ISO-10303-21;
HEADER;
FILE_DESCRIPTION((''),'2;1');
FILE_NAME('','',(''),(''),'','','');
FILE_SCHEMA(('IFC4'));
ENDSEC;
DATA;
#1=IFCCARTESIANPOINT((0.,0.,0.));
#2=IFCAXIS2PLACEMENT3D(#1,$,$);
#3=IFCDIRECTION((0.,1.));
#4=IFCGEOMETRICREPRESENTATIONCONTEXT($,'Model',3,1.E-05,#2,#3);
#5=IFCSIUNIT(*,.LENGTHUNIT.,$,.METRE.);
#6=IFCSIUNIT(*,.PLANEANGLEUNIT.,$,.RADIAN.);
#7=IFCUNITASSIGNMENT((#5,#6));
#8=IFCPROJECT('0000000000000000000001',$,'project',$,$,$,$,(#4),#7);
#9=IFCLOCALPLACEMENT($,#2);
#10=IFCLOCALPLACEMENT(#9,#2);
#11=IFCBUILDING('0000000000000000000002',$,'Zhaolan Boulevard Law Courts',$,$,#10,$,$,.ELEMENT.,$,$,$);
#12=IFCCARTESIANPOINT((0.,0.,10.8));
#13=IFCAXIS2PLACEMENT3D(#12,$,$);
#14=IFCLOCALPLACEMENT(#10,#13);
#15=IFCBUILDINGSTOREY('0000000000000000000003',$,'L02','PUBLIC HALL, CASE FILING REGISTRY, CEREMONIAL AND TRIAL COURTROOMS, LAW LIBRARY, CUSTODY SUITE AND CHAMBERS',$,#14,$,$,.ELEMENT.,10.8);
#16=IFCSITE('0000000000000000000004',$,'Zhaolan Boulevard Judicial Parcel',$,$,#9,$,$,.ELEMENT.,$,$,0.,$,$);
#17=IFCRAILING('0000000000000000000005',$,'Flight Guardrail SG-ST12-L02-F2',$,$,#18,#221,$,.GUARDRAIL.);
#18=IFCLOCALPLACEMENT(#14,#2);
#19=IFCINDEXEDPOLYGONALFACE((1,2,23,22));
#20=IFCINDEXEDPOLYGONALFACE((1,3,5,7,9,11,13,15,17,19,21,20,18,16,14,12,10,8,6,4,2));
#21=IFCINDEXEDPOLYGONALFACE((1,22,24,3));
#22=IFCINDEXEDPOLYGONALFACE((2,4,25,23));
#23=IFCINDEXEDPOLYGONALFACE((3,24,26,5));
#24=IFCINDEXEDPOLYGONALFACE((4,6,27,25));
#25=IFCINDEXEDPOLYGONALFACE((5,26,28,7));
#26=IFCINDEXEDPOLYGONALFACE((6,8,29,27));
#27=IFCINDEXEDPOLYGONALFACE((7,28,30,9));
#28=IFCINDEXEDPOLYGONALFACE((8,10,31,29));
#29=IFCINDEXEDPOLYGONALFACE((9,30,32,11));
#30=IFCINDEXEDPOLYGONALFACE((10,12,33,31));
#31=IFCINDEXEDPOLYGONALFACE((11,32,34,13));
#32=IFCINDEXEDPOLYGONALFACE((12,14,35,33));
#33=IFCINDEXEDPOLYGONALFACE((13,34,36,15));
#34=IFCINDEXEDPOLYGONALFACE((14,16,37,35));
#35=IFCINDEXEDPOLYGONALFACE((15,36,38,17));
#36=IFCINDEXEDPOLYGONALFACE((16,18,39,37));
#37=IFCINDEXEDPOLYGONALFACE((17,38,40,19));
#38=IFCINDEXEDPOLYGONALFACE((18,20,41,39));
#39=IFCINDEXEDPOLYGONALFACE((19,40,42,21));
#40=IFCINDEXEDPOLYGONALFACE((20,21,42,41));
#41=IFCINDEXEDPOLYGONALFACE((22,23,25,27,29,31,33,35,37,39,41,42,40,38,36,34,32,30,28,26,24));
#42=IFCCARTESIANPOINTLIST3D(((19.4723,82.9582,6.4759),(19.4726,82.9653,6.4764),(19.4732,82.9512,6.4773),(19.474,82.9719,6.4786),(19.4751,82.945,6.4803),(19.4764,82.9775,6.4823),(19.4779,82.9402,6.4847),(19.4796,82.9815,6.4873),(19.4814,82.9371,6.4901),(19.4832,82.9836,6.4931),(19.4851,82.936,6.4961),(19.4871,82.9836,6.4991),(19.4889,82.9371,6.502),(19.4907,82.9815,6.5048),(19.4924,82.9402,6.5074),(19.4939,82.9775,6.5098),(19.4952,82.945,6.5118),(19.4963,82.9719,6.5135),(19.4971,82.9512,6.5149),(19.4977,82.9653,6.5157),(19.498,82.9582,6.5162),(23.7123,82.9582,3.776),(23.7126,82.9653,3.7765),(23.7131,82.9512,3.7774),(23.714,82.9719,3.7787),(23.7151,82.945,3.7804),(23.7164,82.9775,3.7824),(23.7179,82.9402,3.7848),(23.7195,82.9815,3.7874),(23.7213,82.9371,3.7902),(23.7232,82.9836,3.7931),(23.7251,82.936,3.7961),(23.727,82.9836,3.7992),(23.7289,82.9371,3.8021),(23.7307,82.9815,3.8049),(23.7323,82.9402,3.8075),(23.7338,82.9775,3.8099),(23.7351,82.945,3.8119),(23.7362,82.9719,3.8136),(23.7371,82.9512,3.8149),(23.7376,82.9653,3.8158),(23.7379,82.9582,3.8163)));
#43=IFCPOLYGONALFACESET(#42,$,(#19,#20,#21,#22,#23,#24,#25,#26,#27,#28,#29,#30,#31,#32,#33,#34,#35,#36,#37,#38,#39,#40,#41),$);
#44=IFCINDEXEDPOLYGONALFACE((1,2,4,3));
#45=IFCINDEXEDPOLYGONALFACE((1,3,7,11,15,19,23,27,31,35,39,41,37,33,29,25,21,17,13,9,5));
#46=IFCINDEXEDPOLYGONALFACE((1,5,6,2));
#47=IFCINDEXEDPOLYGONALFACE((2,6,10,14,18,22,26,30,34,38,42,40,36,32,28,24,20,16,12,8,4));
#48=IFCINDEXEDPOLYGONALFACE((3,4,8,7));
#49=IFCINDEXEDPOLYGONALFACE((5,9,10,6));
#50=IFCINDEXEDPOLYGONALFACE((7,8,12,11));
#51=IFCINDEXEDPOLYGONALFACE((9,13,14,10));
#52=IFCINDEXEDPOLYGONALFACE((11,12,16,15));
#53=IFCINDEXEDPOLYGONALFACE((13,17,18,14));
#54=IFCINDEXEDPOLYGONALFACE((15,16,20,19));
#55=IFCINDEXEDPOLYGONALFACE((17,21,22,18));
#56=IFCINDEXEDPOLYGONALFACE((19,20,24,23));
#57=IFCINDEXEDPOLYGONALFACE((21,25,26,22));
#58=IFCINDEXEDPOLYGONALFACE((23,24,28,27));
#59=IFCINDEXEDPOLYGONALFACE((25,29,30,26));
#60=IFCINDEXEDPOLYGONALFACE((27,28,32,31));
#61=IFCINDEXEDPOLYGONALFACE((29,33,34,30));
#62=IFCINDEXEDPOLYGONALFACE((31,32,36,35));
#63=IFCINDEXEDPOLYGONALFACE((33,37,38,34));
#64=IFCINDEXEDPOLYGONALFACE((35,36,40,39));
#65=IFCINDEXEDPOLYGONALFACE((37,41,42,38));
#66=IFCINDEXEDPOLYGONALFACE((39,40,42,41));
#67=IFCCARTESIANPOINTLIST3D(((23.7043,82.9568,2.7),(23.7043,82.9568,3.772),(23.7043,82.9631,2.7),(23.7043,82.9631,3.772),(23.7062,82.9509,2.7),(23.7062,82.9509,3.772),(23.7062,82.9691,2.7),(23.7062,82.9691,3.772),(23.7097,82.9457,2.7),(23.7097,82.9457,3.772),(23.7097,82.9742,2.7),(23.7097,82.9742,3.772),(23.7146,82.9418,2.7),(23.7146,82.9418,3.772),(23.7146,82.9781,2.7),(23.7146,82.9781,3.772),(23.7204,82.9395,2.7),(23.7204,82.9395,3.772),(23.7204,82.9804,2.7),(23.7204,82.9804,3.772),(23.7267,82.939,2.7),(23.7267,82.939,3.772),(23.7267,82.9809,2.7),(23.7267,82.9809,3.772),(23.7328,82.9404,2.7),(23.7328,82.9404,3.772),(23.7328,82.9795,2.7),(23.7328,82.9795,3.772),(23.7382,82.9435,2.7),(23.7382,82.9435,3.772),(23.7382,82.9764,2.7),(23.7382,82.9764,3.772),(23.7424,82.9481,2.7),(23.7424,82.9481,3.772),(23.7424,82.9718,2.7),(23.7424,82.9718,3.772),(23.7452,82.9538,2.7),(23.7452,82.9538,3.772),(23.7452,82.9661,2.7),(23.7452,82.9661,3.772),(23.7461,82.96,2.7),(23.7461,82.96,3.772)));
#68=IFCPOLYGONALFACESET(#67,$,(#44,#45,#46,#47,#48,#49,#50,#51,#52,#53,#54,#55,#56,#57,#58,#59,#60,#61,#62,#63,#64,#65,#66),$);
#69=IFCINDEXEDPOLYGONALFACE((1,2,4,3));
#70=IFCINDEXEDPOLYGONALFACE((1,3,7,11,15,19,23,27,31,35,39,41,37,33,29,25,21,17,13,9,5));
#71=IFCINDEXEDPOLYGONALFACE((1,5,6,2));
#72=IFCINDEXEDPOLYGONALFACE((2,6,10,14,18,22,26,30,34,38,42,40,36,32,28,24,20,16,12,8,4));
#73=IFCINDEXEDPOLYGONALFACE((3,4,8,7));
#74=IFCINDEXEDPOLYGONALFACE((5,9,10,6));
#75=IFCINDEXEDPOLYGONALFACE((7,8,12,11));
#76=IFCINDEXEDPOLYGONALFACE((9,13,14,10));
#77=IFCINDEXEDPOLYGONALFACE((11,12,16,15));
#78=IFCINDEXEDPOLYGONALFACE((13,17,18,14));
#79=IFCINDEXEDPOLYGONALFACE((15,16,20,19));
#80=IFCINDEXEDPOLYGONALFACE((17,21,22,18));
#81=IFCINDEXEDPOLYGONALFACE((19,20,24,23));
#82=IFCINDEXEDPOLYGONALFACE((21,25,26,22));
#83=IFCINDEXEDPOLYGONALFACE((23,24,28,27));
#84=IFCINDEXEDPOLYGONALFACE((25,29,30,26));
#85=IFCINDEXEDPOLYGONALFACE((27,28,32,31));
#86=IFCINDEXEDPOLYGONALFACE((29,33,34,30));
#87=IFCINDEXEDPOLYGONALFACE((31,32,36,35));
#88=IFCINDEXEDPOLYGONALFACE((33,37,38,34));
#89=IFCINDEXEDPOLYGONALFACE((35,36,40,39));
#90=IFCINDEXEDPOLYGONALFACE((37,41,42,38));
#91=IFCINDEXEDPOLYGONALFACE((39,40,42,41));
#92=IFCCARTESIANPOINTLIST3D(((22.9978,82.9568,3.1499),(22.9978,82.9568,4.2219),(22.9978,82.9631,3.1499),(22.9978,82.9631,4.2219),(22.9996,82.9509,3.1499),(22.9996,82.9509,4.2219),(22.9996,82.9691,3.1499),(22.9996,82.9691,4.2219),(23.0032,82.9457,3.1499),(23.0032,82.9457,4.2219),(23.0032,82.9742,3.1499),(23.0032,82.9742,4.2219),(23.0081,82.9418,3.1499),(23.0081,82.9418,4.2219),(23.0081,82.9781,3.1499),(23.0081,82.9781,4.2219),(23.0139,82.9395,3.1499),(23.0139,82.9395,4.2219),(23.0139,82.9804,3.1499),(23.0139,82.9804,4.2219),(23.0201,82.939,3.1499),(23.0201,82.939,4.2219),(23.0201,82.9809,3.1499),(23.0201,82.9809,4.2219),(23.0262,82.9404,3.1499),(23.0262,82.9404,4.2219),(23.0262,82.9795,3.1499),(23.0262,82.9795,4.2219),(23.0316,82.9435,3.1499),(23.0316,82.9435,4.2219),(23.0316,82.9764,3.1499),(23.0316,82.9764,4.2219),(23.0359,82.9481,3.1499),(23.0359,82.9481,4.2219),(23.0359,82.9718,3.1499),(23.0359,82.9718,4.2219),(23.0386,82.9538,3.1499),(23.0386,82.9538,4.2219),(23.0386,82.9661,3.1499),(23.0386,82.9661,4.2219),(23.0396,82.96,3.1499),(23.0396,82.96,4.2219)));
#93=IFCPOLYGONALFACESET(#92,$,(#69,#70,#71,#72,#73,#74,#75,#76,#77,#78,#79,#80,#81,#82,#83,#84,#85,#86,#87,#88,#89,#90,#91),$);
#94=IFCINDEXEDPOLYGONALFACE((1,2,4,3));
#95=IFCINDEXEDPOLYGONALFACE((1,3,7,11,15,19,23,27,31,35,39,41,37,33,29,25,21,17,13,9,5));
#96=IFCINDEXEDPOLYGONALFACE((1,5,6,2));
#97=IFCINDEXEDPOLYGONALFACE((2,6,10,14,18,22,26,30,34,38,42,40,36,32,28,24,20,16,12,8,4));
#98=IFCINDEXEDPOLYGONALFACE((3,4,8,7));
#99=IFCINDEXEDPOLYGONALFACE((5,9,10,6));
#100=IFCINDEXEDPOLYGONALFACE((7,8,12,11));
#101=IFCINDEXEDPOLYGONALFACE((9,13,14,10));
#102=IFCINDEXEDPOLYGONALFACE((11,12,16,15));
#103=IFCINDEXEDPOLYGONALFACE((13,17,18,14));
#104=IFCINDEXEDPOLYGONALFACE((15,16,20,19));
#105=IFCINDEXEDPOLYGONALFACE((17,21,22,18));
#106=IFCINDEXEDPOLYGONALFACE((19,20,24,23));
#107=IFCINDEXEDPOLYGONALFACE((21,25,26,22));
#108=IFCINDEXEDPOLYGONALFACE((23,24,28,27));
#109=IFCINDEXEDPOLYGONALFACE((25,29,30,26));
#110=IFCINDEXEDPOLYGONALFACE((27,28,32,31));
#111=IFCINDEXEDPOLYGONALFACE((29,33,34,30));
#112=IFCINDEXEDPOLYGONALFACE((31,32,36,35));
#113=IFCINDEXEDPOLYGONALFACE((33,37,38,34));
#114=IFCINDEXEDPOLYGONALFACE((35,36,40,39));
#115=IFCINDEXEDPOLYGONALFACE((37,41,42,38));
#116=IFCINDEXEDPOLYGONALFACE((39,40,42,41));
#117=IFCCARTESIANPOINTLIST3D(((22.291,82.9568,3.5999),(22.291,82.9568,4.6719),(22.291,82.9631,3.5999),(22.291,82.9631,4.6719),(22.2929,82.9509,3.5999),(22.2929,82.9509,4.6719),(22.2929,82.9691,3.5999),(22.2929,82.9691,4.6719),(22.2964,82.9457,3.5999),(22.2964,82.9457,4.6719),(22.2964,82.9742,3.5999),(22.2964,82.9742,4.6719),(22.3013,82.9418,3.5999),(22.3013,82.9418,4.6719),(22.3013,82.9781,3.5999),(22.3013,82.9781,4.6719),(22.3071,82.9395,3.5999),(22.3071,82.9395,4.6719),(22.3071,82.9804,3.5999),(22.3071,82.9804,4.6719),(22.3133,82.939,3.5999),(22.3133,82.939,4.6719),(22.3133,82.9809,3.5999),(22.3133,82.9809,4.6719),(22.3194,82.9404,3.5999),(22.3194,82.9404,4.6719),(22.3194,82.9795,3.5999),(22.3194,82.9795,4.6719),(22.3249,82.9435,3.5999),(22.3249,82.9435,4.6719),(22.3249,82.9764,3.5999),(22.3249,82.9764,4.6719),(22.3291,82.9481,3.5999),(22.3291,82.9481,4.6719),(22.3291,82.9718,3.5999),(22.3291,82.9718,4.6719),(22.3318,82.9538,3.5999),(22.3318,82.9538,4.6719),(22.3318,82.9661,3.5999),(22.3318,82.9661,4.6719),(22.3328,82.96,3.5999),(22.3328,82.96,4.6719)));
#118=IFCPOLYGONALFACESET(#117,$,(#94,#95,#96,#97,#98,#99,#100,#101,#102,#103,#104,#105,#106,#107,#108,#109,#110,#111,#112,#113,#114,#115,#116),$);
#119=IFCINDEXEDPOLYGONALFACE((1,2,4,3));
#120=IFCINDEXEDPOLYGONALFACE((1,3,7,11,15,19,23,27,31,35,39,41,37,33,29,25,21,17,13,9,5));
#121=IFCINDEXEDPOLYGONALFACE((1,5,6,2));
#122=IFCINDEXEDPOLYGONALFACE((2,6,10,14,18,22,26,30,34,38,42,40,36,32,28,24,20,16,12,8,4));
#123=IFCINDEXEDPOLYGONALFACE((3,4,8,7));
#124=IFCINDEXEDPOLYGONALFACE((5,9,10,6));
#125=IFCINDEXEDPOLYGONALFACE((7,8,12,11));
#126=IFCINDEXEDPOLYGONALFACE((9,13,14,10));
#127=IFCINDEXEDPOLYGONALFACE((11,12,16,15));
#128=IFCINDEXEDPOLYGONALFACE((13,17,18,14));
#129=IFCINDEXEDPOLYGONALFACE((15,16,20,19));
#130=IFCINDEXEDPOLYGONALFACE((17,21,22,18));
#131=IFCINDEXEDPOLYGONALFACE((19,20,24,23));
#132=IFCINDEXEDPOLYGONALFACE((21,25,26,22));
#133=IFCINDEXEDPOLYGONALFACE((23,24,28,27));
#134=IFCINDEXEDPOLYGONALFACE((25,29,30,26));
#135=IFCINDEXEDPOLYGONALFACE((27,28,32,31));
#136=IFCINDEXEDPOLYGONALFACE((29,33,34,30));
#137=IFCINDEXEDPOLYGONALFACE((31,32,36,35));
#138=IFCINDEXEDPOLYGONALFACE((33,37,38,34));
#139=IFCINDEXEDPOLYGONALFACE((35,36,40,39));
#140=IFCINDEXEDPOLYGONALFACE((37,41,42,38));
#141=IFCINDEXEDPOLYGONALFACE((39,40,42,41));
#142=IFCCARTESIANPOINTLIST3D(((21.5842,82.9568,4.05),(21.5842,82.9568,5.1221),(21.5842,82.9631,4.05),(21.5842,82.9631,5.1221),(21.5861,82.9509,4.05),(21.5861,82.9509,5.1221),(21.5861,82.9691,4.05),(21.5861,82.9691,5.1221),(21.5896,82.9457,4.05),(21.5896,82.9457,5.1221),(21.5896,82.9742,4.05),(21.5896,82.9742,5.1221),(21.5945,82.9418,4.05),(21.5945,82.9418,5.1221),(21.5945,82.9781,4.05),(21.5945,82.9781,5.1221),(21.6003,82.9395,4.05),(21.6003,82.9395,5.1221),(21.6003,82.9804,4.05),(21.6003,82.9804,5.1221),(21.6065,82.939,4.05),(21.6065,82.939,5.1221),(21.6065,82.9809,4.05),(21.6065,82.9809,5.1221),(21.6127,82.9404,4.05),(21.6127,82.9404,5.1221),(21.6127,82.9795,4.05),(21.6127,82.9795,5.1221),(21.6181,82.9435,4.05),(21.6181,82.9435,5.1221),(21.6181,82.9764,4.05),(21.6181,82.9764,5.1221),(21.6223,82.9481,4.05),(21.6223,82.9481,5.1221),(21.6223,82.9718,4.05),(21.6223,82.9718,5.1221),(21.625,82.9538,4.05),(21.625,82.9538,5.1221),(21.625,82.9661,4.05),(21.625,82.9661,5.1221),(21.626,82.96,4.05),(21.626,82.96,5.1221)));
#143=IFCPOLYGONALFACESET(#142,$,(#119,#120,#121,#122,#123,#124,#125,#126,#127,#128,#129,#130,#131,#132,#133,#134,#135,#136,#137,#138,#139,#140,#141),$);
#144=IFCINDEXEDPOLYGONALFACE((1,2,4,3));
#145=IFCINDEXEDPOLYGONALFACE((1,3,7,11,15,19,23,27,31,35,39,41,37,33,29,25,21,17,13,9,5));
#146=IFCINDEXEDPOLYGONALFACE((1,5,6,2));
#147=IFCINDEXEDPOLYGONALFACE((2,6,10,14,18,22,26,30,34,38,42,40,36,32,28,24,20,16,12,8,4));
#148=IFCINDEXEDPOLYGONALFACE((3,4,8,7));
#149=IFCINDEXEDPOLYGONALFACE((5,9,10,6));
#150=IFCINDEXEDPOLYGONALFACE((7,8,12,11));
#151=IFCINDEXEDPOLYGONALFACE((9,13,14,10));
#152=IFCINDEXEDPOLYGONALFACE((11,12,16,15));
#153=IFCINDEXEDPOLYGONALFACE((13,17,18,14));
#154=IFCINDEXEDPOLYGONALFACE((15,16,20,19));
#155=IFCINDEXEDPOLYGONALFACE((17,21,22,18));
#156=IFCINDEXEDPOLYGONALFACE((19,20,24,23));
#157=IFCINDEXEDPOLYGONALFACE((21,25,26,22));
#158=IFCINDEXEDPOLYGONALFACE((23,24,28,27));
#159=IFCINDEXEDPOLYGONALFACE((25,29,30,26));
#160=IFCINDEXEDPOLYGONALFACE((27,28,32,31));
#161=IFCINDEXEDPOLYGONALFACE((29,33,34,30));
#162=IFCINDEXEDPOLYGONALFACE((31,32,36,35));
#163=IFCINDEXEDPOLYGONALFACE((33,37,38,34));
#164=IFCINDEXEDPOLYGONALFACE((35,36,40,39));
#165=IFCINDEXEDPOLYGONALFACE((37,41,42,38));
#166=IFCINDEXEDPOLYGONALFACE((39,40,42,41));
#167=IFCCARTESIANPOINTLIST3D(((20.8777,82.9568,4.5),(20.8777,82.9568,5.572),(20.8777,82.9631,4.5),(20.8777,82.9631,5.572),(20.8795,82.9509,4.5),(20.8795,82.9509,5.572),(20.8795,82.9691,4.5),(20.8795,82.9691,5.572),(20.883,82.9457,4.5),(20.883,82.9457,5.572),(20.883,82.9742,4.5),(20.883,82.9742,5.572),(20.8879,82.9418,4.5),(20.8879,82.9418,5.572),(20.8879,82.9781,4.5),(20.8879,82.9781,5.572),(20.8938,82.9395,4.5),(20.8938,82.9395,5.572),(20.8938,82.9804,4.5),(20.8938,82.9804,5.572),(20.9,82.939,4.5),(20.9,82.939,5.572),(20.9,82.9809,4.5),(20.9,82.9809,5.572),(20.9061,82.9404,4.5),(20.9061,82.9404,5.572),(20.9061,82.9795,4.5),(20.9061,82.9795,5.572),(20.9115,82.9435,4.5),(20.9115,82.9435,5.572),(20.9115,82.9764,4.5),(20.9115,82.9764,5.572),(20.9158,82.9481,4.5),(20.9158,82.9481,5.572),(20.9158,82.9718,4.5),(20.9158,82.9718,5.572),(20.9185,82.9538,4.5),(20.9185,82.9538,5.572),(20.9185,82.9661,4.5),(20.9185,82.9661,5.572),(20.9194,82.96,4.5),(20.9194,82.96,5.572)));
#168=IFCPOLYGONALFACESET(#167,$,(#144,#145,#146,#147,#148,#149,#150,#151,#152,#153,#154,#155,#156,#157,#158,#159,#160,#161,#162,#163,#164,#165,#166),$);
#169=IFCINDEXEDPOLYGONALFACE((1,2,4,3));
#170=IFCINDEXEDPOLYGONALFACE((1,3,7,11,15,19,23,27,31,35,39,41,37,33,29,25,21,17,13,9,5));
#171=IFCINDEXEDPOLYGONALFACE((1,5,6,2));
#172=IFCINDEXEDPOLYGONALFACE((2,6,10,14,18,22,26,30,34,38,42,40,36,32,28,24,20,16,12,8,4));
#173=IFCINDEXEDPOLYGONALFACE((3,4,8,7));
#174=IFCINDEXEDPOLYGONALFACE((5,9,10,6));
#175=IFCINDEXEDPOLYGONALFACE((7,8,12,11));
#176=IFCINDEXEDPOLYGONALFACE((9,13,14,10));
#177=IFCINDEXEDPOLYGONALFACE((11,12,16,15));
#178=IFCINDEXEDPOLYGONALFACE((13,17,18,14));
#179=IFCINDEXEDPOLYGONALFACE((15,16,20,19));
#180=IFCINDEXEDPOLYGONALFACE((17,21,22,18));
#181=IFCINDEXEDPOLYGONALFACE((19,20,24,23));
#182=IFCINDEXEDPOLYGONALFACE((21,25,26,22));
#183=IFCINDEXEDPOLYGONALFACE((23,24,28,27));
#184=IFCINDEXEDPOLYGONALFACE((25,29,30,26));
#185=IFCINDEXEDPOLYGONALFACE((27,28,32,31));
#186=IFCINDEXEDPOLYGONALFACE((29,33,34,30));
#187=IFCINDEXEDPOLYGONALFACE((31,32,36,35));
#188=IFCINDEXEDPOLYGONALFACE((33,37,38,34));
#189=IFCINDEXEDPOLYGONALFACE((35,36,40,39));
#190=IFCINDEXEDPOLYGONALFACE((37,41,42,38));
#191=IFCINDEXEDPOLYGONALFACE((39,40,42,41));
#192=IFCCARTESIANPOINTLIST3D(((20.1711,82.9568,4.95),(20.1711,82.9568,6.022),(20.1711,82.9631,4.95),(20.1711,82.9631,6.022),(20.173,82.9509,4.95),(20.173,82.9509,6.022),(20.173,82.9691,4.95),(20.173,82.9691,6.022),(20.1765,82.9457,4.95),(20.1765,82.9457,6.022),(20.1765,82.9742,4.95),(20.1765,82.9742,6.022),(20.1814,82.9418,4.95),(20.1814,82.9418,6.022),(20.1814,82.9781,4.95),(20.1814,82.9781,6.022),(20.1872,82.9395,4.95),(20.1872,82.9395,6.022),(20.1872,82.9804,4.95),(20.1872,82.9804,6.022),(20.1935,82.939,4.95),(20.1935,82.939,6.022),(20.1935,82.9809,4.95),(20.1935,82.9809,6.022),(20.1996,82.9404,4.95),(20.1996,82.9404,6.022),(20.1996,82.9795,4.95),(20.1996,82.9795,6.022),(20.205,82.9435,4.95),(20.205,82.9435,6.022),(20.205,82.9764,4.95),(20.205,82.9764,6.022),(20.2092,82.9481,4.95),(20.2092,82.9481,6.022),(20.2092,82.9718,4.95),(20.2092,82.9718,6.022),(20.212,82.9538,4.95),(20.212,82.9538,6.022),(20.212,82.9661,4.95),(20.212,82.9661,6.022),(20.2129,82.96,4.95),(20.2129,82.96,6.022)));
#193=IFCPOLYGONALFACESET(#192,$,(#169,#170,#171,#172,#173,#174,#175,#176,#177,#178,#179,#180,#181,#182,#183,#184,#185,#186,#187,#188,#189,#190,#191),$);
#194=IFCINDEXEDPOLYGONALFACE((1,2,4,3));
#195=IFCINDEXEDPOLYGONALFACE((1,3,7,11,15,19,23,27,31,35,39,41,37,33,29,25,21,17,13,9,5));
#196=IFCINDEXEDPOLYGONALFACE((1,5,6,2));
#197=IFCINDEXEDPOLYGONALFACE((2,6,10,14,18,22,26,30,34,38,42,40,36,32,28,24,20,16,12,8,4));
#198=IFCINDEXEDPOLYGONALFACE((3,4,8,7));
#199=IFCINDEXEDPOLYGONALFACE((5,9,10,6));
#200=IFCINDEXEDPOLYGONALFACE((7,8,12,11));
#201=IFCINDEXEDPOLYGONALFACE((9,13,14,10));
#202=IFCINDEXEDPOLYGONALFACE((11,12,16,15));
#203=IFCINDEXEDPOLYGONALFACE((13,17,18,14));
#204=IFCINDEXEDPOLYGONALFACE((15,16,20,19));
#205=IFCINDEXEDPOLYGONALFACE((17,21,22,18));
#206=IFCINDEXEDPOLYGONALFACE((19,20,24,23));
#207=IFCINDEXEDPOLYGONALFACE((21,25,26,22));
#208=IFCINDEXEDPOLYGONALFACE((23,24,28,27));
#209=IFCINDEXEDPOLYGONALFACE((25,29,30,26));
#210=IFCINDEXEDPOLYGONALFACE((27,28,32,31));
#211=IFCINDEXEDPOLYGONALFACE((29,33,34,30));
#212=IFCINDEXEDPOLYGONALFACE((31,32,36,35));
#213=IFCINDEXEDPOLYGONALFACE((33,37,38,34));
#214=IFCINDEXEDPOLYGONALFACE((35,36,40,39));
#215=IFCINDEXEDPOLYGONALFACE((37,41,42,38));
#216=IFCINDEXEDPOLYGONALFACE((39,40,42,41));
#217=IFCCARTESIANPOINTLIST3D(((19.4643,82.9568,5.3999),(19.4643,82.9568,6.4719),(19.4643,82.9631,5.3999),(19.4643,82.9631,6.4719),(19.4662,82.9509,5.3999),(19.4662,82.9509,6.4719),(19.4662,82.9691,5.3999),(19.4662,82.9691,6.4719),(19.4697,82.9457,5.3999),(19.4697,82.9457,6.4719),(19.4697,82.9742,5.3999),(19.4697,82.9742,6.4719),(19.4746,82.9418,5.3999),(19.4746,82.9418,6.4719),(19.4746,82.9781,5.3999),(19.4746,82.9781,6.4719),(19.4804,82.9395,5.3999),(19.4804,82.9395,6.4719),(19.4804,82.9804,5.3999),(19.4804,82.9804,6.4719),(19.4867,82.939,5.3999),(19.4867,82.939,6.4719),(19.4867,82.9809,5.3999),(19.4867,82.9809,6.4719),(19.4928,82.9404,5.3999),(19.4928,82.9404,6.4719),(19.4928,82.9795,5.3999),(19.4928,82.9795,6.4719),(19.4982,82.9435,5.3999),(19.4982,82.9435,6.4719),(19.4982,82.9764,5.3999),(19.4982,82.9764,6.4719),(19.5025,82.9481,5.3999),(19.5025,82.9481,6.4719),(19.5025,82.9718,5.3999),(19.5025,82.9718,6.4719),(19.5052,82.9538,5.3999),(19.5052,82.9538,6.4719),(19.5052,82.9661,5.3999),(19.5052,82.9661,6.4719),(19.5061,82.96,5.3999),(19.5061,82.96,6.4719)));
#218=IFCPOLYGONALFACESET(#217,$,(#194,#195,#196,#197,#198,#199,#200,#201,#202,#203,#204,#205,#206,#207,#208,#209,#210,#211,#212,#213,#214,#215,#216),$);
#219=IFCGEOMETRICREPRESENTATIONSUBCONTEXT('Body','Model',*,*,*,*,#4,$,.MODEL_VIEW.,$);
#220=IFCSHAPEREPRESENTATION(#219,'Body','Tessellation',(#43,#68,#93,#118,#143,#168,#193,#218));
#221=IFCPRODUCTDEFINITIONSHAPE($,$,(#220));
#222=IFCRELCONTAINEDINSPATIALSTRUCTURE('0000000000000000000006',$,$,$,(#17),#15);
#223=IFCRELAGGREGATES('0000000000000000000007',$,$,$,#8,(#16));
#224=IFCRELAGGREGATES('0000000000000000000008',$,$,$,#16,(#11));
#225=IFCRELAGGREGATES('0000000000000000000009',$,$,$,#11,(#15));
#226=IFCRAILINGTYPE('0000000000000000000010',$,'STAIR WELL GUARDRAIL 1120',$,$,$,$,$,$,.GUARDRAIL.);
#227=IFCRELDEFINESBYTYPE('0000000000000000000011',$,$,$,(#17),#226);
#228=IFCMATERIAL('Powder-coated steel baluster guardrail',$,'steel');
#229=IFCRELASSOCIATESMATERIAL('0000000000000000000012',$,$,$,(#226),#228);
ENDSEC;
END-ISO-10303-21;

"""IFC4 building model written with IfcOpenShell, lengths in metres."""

from ifc_helpers import new_model, si_unit, direction, frame, origin, origin_2d, place, context, subcontext, project, spatial, circle, extrude, material, type_object, element, save


model = new_model("IFC4")

# Units and contexts
model_context = context("Model", 3, precision=1e-05, world=origin(), true_north=direction((0.0, 1.0)))
body_context = subcontext(model_context, "Body", "Model", "MODEL_VIEW")
ifc_project = project(units=[si_unit("LENGTHUNIT", "METRE"), si_unit("PLANEANGLEUNIT", "RADIAN")], contexts=[model_context])

# Site, building, storey
site_placement = place(None, origin())
site = spatial("IfcSite", under=ifc_project, at=site_placement, Name="Zhaolan Boulevard Judicial Parcel", CompositionType="ELEMENT", RefElevation=0.0)
building_placement = place(site_placement, origin())
building = spatial("IfcBuilding", under=site, at=building_placement, Name="Zhaolan Boulevard Law Courts", CompositionType="ELEMENT")
storey_placement = place(building_placement, frame((0.0, 0.0, 10.8)))
storey = spatial("IfcBuildingStorey", under=building, at=storey_placement, Name="L02", Description="PUBLIC HALL, CASE FILING REGISTRY, CEREMONIAL AND TRIAL COURTROOMS, LAW LIBRARY, CUSTODY SUITE AND CHAMBERS", CompositionType="ELEMENT", Elevation=10.8)

# Railing
ifc_material_1 = material(Name="Powder-coated steel baluster guardrail", Category="steel")
railing_type_1 = type_object("IfcRailingType", Name="STAIR WELL GUARDRAIL 1120", PredefinedType="GUARDRAIL", material=ifc_material_1)
railing_1_placement = place(storey_placement, frame((23.7251, 82.96, 2.7)))
element("IfcRailing", 1, at=railing_1_placement, inside=storey, type_object=railing_type_1, Name="Flight Guardrail SG-ST12-L02-F2", PredefinedType="GUARDRAIL", context=body_context, shape_type="SweptSolid", body=[
    extrude(circle(Radius=0.0239, at=origin_2d()), frame((0.0, 0.0, 1.0962), z_axis=(-0.843501, 0.0, 0.537127), x_axis=(0.0, -1.0, 0.0)), (0.0, 0.0, 1.0), 5.0266),
    extrude(circle(Radius=0.021, at=origin_2d()), origin(), (0.0, 0.0, 1.0), 1.072),
    extrude(circle(Radius=0.021, at=origin_2d()), frame((-0.7065, 0.0, 0.45)), (0.0, 0.0, 1.0), 1.072),
    extrude(circle(Radius=0.021, at=origin_2d()), frame((-1.4133, 0.0, 0.8999)), (0.0, 0.0, 1.0), 1.072),
    extrude(circle(Radius=0.021, at=origin_2d()), frame((-2.1201, 0.0, 1.3501)), (0.0, 0.0, 1.0), 1.072),
    extrude(circle(Radius=0.021, at=origin_2d()), frame((-2.8267, 0.0, 1.8)), (0.0, 0.0, 1.0), 1.072),
    extrude(circle(Radius=0.021, at=origin_2d()), frame((-3.5332, 0.0, 2.25)), (0.0, 0.0, 1.0), 1.072),
    extrude(circle(Radius=0.021, at=origin_2d()), frame((-4.24, 0.0, 2.7)), (0.0, 0.0, 1.0), 1.072),
])

save(model, "model.ifc")
